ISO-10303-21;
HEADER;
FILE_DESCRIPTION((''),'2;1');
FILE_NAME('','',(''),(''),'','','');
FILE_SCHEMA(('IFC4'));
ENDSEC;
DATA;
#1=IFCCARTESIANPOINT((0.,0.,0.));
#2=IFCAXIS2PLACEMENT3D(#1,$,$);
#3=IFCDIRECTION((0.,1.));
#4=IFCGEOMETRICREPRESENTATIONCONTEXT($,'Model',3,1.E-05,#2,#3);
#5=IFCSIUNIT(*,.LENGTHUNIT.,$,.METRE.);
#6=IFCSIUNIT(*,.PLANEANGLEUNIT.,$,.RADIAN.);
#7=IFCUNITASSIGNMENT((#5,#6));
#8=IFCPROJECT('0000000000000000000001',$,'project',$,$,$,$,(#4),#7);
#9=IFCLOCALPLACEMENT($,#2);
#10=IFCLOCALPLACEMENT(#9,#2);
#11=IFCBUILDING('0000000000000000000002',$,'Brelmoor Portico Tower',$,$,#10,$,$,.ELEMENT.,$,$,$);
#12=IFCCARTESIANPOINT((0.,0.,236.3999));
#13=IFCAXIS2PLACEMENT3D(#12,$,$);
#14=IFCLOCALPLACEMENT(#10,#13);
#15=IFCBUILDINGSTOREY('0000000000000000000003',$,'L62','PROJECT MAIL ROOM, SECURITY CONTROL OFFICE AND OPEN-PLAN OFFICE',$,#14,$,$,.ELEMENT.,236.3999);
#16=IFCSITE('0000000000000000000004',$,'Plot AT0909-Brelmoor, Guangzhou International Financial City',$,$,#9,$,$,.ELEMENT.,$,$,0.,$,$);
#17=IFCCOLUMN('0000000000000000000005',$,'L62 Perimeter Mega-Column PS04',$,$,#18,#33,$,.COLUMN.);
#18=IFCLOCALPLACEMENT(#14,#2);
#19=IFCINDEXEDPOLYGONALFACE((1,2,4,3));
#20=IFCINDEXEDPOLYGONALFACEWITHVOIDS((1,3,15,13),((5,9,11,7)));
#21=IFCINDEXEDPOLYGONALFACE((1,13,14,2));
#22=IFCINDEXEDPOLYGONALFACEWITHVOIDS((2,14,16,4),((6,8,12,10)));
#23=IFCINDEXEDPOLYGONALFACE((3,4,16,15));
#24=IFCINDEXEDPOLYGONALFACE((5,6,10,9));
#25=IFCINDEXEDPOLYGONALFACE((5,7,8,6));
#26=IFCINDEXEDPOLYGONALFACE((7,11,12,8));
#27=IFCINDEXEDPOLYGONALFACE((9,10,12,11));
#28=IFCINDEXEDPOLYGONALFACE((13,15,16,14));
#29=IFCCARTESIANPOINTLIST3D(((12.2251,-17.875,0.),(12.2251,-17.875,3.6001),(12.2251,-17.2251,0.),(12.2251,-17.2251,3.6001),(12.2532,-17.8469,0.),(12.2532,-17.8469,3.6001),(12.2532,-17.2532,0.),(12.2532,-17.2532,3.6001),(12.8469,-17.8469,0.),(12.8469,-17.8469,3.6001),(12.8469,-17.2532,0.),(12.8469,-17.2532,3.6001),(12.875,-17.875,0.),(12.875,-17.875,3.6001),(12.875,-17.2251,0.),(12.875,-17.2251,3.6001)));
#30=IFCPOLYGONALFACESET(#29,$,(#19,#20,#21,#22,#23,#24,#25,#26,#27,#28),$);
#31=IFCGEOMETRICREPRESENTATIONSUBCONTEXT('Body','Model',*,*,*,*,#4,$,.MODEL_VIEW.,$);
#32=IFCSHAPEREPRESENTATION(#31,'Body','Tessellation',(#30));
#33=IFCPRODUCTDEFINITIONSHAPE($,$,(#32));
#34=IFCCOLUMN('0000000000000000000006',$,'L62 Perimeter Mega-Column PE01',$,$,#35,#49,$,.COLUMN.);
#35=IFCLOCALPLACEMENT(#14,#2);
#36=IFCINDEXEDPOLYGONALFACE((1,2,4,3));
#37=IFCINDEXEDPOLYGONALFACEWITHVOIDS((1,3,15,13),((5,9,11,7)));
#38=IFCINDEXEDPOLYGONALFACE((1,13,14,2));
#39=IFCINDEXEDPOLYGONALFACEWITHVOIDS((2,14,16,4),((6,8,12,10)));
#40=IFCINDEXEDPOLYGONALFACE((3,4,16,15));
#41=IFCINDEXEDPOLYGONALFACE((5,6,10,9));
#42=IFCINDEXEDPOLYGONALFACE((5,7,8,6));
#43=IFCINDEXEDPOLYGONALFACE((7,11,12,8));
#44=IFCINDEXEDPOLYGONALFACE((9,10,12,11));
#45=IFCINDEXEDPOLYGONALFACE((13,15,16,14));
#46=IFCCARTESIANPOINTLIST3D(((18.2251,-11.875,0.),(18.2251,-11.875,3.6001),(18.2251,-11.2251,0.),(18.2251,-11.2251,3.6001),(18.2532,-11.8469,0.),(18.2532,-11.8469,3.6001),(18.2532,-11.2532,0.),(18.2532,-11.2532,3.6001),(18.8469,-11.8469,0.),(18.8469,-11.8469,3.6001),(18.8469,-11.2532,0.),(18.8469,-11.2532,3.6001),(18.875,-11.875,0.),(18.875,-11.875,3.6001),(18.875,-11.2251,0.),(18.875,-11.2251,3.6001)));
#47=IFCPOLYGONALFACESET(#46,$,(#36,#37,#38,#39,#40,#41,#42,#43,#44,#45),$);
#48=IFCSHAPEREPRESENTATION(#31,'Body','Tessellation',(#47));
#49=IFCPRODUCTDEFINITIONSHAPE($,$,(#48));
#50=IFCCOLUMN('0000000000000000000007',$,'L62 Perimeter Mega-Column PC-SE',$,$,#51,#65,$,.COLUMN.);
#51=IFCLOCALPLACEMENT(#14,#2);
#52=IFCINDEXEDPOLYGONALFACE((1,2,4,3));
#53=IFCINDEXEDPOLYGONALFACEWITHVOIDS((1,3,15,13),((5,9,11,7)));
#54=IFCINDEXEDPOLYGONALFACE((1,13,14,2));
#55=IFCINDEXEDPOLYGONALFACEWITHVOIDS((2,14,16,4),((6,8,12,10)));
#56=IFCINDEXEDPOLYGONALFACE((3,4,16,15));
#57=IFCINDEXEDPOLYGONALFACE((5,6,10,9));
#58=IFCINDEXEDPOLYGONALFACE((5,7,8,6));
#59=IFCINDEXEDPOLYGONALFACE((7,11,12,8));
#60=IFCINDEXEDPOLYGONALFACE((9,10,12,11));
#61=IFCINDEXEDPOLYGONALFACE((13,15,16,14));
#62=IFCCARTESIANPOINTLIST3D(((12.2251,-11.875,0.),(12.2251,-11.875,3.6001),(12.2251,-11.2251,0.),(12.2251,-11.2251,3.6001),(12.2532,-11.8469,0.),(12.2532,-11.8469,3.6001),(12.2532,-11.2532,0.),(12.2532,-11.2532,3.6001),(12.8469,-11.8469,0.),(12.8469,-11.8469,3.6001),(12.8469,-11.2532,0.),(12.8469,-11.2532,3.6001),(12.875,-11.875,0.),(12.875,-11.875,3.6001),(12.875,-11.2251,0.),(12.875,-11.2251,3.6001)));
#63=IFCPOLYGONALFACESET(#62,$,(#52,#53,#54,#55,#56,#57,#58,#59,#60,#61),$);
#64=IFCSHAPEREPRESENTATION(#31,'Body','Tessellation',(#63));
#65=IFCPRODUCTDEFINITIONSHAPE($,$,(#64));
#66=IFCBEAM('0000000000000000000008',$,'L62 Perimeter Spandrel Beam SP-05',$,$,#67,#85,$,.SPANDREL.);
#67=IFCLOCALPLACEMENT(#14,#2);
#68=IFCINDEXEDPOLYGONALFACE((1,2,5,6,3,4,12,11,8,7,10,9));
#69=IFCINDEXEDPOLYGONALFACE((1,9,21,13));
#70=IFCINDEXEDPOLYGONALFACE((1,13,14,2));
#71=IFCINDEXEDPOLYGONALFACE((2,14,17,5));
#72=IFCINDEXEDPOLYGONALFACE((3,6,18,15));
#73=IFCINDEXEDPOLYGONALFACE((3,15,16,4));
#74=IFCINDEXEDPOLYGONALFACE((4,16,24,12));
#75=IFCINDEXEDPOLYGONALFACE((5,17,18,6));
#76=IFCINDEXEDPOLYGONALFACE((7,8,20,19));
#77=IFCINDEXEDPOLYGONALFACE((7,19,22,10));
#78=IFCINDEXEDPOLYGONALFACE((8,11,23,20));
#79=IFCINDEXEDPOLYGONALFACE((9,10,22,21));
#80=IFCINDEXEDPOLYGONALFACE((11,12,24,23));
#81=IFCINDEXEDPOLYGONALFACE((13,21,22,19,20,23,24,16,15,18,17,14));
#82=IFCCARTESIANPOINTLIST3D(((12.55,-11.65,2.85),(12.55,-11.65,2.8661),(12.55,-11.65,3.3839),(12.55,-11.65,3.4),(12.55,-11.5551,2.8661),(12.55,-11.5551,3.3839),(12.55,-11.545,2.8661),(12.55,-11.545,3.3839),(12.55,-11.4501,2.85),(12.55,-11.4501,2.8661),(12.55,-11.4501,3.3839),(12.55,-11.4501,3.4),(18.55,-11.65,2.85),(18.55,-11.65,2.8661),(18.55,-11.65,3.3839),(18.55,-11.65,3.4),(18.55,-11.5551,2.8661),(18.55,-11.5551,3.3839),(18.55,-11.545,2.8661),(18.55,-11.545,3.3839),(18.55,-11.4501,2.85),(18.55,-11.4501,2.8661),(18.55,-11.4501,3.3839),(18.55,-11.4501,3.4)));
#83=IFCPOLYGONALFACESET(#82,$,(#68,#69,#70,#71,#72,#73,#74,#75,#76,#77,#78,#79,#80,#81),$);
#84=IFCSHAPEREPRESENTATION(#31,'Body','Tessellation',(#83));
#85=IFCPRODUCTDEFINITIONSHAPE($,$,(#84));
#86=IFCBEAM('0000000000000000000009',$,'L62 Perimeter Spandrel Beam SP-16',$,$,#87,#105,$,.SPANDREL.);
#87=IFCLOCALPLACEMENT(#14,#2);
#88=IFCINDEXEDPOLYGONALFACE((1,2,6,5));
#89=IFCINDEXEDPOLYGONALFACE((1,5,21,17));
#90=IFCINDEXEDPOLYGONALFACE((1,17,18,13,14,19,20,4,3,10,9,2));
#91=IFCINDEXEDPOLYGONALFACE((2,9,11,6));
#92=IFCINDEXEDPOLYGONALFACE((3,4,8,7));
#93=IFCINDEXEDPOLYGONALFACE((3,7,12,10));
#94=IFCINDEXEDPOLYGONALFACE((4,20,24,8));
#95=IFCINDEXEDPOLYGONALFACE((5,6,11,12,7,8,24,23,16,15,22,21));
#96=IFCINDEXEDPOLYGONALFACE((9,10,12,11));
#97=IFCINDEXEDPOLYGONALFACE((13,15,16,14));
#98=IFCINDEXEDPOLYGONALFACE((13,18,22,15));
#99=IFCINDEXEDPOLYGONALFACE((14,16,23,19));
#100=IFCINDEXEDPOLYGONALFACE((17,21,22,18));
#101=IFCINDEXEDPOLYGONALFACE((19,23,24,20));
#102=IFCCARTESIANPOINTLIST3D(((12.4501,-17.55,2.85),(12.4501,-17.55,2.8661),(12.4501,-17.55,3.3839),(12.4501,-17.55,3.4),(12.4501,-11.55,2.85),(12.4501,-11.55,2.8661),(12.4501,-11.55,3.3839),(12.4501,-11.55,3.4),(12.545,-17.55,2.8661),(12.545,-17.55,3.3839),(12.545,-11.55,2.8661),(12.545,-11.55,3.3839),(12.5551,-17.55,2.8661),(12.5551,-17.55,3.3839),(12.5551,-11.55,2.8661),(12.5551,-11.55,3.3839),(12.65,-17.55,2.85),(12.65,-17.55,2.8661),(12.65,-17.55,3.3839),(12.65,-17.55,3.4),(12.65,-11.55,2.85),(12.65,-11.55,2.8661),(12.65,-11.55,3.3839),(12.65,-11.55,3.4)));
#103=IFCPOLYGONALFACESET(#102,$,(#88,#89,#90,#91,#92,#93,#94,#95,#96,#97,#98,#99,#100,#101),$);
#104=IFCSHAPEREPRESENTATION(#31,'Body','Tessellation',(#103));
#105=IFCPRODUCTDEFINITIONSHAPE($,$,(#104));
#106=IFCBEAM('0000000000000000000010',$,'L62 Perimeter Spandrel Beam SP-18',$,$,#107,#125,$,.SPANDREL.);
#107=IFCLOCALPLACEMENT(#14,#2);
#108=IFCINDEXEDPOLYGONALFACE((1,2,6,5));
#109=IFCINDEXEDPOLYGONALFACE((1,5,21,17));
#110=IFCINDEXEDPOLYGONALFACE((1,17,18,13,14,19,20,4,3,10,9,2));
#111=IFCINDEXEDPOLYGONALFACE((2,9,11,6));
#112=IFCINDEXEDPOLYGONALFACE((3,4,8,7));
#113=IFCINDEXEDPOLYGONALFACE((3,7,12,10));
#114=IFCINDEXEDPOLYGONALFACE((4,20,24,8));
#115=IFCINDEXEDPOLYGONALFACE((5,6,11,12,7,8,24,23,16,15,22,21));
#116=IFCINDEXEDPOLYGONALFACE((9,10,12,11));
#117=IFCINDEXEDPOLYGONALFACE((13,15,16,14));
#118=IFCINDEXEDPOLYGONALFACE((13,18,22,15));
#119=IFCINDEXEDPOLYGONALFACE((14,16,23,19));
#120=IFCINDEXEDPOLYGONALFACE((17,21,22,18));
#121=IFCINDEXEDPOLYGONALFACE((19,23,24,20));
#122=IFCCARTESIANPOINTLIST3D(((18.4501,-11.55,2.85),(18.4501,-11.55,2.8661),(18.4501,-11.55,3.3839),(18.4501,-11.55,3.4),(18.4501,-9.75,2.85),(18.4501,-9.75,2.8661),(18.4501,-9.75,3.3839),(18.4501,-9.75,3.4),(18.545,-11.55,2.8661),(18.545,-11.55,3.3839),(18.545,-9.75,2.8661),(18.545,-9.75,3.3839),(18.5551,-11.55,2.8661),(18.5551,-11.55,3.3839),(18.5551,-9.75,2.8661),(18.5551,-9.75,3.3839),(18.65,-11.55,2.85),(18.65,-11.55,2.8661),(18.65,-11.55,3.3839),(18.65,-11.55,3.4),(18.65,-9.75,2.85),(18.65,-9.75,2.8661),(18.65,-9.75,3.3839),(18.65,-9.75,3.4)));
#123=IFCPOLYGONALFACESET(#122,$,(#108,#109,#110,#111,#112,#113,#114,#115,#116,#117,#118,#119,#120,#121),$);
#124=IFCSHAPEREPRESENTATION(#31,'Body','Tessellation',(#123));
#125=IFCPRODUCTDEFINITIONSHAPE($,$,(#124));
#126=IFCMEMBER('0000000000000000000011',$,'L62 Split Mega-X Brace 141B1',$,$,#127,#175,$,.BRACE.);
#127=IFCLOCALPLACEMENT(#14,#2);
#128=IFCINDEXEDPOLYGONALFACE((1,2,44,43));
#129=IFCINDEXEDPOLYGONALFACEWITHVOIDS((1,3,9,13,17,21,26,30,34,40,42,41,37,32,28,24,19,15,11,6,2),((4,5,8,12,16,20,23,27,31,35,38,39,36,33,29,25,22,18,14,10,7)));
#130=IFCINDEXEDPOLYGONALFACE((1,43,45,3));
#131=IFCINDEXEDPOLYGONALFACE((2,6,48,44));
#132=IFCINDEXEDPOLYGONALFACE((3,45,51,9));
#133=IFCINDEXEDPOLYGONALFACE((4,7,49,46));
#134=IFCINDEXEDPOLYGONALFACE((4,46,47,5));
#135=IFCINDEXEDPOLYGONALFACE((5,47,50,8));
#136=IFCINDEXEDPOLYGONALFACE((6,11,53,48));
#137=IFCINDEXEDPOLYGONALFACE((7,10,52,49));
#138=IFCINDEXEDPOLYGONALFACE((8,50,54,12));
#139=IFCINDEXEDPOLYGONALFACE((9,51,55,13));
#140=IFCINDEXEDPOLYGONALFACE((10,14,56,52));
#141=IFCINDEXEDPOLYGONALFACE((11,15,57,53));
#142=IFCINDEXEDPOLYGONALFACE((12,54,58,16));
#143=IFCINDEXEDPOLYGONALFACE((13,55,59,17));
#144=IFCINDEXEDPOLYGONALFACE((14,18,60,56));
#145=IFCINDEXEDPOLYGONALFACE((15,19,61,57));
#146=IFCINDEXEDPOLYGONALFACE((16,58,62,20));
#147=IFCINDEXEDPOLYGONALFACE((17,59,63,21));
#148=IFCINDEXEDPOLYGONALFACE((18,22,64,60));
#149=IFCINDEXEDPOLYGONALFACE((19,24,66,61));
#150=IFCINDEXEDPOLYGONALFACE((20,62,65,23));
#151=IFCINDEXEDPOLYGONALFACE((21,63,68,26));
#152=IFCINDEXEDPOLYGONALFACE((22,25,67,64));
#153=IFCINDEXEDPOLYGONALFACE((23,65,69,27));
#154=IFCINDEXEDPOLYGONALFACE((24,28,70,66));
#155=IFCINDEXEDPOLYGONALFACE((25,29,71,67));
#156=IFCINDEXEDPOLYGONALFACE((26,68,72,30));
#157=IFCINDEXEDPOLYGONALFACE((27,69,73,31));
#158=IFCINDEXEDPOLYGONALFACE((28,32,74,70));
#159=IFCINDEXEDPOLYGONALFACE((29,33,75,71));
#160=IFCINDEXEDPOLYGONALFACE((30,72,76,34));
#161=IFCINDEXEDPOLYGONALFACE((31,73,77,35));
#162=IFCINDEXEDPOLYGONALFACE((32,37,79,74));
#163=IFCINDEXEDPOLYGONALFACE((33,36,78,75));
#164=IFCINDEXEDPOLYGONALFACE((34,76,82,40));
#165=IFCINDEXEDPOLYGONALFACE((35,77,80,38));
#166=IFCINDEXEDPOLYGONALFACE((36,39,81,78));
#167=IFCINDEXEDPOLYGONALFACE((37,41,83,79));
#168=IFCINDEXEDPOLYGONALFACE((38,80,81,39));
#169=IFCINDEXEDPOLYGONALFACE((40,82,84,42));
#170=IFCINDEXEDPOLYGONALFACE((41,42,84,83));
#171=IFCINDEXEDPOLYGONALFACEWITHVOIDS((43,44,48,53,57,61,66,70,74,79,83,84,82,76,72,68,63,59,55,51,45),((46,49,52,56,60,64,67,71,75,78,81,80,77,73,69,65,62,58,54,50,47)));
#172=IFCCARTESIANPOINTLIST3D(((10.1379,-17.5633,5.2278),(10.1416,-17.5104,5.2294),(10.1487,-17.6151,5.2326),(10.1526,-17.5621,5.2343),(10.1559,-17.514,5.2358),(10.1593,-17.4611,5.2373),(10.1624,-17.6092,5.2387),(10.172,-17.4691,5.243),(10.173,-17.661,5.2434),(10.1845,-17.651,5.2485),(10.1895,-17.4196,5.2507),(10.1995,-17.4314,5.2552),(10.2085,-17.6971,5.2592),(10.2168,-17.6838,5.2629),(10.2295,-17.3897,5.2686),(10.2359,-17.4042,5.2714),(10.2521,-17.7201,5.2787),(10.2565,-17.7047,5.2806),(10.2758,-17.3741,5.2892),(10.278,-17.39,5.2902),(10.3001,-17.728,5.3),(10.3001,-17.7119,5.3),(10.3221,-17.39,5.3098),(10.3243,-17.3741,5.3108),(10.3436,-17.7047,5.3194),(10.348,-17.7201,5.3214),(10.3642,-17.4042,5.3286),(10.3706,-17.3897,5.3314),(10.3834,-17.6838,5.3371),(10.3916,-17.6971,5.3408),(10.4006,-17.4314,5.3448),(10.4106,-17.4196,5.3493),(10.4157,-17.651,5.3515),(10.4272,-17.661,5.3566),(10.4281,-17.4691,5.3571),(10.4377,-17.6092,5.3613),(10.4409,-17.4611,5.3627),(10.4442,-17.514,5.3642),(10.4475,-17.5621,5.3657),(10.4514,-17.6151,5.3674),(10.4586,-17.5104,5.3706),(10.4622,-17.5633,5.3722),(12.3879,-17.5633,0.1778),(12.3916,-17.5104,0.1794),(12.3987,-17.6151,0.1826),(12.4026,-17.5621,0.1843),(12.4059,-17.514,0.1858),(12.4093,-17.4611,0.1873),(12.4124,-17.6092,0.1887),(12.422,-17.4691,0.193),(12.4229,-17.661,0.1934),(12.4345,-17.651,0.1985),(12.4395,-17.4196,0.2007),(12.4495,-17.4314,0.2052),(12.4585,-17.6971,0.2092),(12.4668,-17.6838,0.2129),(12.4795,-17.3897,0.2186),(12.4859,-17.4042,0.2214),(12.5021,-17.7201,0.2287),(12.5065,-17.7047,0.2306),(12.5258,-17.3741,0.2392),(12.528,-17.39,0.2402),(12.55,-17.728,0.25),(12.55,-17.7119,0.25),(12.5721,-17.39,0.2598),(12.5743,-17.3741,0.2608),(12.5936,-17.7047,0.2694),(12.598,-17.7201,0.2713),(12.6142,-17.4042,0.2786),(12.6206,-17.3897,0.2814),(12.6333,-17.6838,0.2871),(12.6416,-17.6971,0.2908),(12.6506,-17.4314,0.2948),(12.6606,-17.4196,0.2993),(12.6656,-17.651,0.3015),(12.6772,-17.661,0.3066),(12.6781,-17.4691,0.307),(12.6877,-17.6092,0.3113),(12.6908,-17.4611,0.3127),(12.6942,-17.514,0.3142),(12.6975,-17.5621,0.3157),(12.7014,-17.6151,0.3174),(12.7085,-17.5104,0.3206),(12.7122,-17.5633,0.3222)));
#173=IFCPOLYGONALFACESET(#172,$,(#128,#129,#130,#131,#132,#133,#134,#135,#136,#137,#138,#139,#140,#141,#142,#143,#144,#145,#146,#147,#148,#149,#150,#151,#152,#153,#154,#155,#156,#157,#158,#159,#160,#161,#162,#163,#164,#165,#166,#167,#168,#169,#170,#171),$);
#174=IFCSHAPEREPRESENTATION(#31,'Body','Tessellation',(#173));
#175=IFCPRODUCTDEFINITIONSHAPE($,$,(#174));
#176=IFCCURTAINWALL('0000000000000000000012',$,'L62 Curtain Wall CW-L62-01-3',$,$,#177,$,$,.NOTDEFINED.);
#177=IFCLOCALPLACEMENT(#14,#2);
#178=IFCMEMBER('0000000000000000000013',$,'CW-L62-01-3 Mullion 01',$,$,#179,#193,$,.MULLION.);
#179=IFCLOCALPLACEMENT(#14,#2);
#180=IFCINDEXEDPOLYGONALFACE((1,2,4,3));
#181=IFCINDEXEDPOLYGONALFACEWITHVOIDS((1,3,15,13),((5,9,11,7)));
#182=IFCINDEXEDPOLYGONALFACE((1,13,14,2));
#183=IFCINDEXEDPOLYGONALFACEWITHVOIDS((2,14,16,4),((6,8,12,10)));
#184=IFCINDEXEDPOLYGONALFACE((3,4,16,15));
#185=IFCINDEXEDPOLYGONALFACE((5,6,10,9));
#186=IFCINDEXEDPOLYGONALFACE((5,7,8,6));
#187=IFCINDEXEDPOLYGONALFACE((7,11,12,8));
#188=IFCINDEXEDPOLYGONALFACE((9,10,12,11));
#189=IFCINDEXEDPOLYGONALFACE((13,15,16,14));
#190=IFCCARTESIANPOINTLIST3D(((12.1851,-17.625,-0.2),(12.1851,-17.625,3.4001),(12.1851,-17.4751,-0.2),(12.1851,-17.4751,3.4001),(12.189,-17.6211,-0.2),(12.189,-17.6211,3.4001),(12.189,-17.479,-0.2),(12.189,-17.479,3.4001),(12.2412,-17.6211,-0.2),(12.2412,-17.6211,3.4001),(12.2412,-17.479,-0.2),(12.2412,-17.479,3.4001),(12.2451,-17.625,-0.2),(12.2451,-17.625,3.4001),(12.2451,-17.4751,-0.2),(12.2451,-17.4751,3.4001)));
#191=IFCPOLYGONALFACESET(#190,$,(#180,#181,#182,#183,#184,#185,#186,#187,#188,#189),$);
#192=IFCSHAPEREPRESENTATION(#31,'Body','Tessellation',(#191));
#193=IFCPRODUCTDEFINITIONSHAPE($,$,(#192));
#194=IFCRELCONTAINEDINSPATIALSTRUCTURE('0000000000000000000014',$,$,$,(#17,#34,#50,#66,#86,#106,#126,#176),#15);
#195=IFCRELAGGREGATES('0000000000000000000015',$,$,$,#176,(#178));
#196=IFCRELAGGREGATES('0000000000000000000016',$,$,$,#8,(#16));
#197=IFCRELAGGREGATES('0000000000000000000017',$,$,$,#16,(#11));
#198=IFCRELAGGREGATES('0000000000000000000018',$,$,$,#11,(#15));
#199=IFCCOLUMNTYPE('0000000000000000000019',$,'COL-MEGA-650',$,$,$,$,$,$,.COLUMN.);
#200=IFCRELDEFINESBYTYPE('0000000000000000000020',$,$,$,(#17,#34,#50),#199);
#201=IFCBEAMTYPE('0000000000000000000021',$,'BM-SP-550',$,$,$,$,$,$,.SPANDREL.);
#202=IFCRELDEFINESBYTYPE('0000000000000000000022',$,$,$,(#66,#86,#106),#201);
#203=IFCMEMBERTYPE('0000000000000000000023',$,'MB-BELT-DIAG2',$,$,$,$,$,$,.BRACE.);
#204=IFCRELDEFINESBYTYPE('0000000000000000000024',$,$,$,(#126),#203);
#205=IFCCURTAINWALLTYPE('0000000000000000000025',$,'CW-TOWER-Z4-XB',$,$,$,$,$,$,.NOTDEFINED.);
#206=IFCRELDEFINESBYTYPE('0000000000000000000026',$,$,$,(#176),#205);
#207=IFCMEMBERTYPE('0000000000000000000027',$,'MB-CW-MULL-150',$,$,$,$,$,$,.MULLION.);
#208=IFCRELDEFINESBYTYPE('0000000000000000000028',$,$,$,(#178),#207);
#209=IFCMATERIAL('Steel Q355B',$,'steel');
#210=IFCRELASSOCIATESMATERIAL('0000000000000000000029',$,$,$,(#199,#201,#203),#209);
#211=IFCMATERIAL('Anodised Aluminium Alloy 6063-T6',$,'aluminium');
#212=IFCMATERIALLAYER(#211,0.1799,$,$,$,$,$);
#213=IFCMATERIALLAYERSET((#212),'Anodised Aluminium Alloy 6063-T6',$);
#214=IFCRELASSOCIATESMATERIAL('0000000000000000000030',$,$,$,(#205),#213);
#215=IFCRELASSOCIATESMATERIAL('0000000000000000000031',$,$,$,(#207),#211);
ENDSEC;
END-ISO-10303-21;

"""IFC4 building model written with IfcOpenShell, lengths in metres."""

from ifc_helpers import new_model, si_unit, direction, frame, origin, origin_2d, place, context, subcontext, project, spatial, hollow_rectangle, hollow_circle, i_section, extrude, material, layer, layer_set, material_profile, profile_set, type_object, element, aggregate, save


model = new_model("IFC4")

# Units and contexts
model_context = context("Model", 3, precision=1e-05, world=origin(), true_north=direction((0.0, 1.0)))
body_context = subcontext(model_context, "Body", "Model", "MODEL_VIEW")
ifc_project = project(units=[si_unit("LENGTHUNIT", "METRE"), si_unit("PLANEANGLEUNIT", "RADIAN")], contexts=[model_context])

# Site, building, storey
site_placement = place(None, origin())
site = spatial("IfcSite", under=ifc_project, at=site_placement, Name="Plot AT0909-Brelmoor, Guangzhou International Financial City", CompositionType="ELEMENT", RefElevation=0.0)
building_placement = place(site_placement, origin())
building = spatial("IfcBuilding", under=site, at=building_placement, Name="Brelmoor Portico Tower", CompositionType="ELEMENT")
storey_placement = place(building_placement, frame((0.0, 0.0, 236.3999)))
storey = spatial("IfcBuildingStorey", under=building, at=storey_placement, Name="L62", Description="PROJECT MAIL ROOM, SECURITY CONTROL OFFICE AND OPEN-PLAN OFFICE", CompositionType="ELEMENT", Elevation=236.3999)

# Columns
ifc_material_1 = material(Name="Steel Q355B", Category="steel")
ifc_material_profile_1 = material_profile(ifc_material_1, hollow_rectangle(XDim=0.6499, YDim=0.6499, WallThickness=0.0281, at=origin_2d()), Name="BOX 650x650x28")
ifc_profile_set_1 = profile_set([ifc_material_profile_1], Name="Steel Q355B")
column_type = type_object("IfcColumnType", Name="COL-MEGA-650", PredefinedType="COLUMN", material=ifc_profile_set_1)
for number, where, z_axis, x_axis, name in (
    (1, (12.55, -17.55, 0.0), (0.0, 0.0, 1.0), (1.0, 0.0, 0.0), "L62 Perimeter Mega-Column PS04"),
    (2, (18.55, -11.55, 0.0), (0.0, 0.0, 1.0), (0.0, 1.0, 0.0), "L62 Perimeter Mega-Column PE01"),
    (3, (12.55, -11.55, 0.0), (0.0, 0.0, 1.0), (1.0, 0.0, 0.0), "L62 Perimeter Mega-Column PC-SE"),
):
    element("IfcColumn", number, at=place(storey_placement, frame(where, z_axis=z_axis, x_axis=x_axis)), inside=storey, type_object=column_type, Name=name, PredefinedType="COLUMN", context=body_context, shape_type="SweptSolid", body=[
        extrude(hollow_rectangle(XDim=0.6499, YDim=0.6499, WallThickness=0.0281, at=origin_2d()), origin(), (0.0, 0.0, 1.0), 3.6001),
    ])

# Beams
ifc_material_profile_2 = material_profile(ifc_material_1, i_section(OverallWidth=0.2, OverallDepth=0.55, WebThickness=0.01, FlangeThickness=0.0161, at=origin_2d()), Name="HN 550x200x10x16")
ifc_profile_set_2 = profile_set([ifc_material_profile_2], Name="Steel Q355B")
beam_type = type_object("IfcBeamType", Name="BM-SP-550", PredefinedType="SPANDREL", material=ifc_profile_set_2)
for number, where, z_axis, x_axis, name in (
    (4, (12.55, -11.55, 3.125), (1.0, 0.0, 0.0), (0.0, 1.0, 0.0), "L62 Perimeter Spandrel Beam SP-05"),
    (5, (12.55, -17.55, 3.125), (0.0, 1.0, 0.0), (-1.0, 0.0, 0.0), "L62 Perimeter Spandrel Beam SP-16"),
):
    element("IfcBeam", number, at=place(storey_placement, frame(where, z_axis=z_axis, x_axis=x_axis)), inside=storey, type_object=beam_type, Name=name, PredefinedType="SPANDREL", context=body_context, shape_type="SweptSolid", body=[
        extrude(i_section(OverallWidth=0.2, OverallDepth=0.55, WebThickness=0.01, FlangeThickness=0.0161, at=origin_2d()), origin(), (0.0, 0.0, 1.0), 6.0),
    ])
beam_placement = place(storey_placement, frame((18.55, -11.55, 3.125), z_axis=(0.0, 1.0, 0.0), x_axis=(-1.0, 0.0, 0.0)))
element("IfcBeam", 6, at=beam_placement, inside=storey, type_object=beam_type, Name="L62 Perimeter Spandrel Beam SP-18", PredefinedType="SPANDREL", context=body_context, shape_type="SweptSolid", body=[
    extrude(i_section(OverallWidth=0.2, OverallDepth=0.55, WebThickness=0.01, FlangeThickness=0.0161, at=origin_2d()), origin(), (0.0, 0.0, 1.0), 1.8),
])

# Member
ifc_material_profile_3 = material_profile(ifc_material_1, hollow_circle(Radius=0.178, WallThickness=0.0161, at=origin_2d()), Name="CHS 356x16")
ifc_profile_set_3 = profile_set([ifc_material_profile_3], Name="Steel Q355B")
member_type_1 = type_object("IfcMemberType", Name="MB-BELT-DIAG2", PredefinedType="BRACE", material=ifc_profile_set_3)
member_1_placement = place(storey_placement, frame((12.55, -17.55, 0.25), z_axis=(-0.406974, 0.0, 0.91344), x_axis=(0.0, -1.0, 0.0)))
element("IfcMember", 7, at=member_1_placement, inside=storey, type_object=member_type_1, Name="L62 Split Mega-X Brace 141B1", PredefinedType="BRACE", context=body_context, shape_type="SweptSolid", body=[
    extrude(hollow_circle(Radius=0.178, WallThickness=0.0161, at=origin_2d()), origin(), (0.0, 0.0, 1.0), 5.5286),
])

# Curtain wall, member
ifc_material_2 = material(Name="Anodised Aluminium Alloy 6063-T6", Category="aluminium")
ifc_layer_1 = layer(ifc_material_2, 0.1799)
ifc_layer_set_1 = layer_set([ifc_layer_1], Name="Anodised Aluminium Alloy 6063-T6")
curtain_wall_type_1 = type_object("IfcCurtainWallType", Name="CW-TOWER-Z4-XB", PredefinedType="NOTDEFINED", material=ifc_layer_set_1)
curtain_wall_1_placement = place(storey_placement, origin())
curtain_wall_1 = element("IfcCurtainWall", 8, at=curtain_wall_1_placement, inside=storey, type_object=curtain_wall_type_1, Name="L62 Curtain Wall CW-L62-01-3", PredefinedType="NOTDEFINED")
ifc_material_profile_4 = material_profile(ifc_material_2, hollow_rectangle(XDim=0.0601, YDim=0.1499, WallThickness=0.0039, at=origin_2d()), Name="ALU MULLION 60x150")
ifc_profile_set_4 = profile_set([ifc_material_profile_4], Name="Anodised Aluminium Alloy 6063-T6")
member_type_2 = type_object("IfcMemberType", Name="MB-CW-MULL-150", PredefinedType="MULLION", material=ifc_profile_set_4)
member_2_placement = place(storey_placement, frame((12.2151, -17.55, -0.2), z_axis=(0.0, 0.0, 1.0), x_axis=(1.0, 0.0, 0.0)))
member_2 = element("IfcMember", 9, at=member_2_placement, type_object=member_type_2, Name="CW-L62-01-3 Mullion 01", PredefinedType="MULLION", context=body_context, shape_type="SweptSolid", body=[
    extrude(hollow_rectangle(XDim=0.0601, YDim=0.1499, WallThickness=0.0039, at=origin_2d()), origin(), (0.0, 0.0, 1.0), 3.6001),
])
aggregate(curtain_wall_1, [member_2])

save(model, "model.ifc")
